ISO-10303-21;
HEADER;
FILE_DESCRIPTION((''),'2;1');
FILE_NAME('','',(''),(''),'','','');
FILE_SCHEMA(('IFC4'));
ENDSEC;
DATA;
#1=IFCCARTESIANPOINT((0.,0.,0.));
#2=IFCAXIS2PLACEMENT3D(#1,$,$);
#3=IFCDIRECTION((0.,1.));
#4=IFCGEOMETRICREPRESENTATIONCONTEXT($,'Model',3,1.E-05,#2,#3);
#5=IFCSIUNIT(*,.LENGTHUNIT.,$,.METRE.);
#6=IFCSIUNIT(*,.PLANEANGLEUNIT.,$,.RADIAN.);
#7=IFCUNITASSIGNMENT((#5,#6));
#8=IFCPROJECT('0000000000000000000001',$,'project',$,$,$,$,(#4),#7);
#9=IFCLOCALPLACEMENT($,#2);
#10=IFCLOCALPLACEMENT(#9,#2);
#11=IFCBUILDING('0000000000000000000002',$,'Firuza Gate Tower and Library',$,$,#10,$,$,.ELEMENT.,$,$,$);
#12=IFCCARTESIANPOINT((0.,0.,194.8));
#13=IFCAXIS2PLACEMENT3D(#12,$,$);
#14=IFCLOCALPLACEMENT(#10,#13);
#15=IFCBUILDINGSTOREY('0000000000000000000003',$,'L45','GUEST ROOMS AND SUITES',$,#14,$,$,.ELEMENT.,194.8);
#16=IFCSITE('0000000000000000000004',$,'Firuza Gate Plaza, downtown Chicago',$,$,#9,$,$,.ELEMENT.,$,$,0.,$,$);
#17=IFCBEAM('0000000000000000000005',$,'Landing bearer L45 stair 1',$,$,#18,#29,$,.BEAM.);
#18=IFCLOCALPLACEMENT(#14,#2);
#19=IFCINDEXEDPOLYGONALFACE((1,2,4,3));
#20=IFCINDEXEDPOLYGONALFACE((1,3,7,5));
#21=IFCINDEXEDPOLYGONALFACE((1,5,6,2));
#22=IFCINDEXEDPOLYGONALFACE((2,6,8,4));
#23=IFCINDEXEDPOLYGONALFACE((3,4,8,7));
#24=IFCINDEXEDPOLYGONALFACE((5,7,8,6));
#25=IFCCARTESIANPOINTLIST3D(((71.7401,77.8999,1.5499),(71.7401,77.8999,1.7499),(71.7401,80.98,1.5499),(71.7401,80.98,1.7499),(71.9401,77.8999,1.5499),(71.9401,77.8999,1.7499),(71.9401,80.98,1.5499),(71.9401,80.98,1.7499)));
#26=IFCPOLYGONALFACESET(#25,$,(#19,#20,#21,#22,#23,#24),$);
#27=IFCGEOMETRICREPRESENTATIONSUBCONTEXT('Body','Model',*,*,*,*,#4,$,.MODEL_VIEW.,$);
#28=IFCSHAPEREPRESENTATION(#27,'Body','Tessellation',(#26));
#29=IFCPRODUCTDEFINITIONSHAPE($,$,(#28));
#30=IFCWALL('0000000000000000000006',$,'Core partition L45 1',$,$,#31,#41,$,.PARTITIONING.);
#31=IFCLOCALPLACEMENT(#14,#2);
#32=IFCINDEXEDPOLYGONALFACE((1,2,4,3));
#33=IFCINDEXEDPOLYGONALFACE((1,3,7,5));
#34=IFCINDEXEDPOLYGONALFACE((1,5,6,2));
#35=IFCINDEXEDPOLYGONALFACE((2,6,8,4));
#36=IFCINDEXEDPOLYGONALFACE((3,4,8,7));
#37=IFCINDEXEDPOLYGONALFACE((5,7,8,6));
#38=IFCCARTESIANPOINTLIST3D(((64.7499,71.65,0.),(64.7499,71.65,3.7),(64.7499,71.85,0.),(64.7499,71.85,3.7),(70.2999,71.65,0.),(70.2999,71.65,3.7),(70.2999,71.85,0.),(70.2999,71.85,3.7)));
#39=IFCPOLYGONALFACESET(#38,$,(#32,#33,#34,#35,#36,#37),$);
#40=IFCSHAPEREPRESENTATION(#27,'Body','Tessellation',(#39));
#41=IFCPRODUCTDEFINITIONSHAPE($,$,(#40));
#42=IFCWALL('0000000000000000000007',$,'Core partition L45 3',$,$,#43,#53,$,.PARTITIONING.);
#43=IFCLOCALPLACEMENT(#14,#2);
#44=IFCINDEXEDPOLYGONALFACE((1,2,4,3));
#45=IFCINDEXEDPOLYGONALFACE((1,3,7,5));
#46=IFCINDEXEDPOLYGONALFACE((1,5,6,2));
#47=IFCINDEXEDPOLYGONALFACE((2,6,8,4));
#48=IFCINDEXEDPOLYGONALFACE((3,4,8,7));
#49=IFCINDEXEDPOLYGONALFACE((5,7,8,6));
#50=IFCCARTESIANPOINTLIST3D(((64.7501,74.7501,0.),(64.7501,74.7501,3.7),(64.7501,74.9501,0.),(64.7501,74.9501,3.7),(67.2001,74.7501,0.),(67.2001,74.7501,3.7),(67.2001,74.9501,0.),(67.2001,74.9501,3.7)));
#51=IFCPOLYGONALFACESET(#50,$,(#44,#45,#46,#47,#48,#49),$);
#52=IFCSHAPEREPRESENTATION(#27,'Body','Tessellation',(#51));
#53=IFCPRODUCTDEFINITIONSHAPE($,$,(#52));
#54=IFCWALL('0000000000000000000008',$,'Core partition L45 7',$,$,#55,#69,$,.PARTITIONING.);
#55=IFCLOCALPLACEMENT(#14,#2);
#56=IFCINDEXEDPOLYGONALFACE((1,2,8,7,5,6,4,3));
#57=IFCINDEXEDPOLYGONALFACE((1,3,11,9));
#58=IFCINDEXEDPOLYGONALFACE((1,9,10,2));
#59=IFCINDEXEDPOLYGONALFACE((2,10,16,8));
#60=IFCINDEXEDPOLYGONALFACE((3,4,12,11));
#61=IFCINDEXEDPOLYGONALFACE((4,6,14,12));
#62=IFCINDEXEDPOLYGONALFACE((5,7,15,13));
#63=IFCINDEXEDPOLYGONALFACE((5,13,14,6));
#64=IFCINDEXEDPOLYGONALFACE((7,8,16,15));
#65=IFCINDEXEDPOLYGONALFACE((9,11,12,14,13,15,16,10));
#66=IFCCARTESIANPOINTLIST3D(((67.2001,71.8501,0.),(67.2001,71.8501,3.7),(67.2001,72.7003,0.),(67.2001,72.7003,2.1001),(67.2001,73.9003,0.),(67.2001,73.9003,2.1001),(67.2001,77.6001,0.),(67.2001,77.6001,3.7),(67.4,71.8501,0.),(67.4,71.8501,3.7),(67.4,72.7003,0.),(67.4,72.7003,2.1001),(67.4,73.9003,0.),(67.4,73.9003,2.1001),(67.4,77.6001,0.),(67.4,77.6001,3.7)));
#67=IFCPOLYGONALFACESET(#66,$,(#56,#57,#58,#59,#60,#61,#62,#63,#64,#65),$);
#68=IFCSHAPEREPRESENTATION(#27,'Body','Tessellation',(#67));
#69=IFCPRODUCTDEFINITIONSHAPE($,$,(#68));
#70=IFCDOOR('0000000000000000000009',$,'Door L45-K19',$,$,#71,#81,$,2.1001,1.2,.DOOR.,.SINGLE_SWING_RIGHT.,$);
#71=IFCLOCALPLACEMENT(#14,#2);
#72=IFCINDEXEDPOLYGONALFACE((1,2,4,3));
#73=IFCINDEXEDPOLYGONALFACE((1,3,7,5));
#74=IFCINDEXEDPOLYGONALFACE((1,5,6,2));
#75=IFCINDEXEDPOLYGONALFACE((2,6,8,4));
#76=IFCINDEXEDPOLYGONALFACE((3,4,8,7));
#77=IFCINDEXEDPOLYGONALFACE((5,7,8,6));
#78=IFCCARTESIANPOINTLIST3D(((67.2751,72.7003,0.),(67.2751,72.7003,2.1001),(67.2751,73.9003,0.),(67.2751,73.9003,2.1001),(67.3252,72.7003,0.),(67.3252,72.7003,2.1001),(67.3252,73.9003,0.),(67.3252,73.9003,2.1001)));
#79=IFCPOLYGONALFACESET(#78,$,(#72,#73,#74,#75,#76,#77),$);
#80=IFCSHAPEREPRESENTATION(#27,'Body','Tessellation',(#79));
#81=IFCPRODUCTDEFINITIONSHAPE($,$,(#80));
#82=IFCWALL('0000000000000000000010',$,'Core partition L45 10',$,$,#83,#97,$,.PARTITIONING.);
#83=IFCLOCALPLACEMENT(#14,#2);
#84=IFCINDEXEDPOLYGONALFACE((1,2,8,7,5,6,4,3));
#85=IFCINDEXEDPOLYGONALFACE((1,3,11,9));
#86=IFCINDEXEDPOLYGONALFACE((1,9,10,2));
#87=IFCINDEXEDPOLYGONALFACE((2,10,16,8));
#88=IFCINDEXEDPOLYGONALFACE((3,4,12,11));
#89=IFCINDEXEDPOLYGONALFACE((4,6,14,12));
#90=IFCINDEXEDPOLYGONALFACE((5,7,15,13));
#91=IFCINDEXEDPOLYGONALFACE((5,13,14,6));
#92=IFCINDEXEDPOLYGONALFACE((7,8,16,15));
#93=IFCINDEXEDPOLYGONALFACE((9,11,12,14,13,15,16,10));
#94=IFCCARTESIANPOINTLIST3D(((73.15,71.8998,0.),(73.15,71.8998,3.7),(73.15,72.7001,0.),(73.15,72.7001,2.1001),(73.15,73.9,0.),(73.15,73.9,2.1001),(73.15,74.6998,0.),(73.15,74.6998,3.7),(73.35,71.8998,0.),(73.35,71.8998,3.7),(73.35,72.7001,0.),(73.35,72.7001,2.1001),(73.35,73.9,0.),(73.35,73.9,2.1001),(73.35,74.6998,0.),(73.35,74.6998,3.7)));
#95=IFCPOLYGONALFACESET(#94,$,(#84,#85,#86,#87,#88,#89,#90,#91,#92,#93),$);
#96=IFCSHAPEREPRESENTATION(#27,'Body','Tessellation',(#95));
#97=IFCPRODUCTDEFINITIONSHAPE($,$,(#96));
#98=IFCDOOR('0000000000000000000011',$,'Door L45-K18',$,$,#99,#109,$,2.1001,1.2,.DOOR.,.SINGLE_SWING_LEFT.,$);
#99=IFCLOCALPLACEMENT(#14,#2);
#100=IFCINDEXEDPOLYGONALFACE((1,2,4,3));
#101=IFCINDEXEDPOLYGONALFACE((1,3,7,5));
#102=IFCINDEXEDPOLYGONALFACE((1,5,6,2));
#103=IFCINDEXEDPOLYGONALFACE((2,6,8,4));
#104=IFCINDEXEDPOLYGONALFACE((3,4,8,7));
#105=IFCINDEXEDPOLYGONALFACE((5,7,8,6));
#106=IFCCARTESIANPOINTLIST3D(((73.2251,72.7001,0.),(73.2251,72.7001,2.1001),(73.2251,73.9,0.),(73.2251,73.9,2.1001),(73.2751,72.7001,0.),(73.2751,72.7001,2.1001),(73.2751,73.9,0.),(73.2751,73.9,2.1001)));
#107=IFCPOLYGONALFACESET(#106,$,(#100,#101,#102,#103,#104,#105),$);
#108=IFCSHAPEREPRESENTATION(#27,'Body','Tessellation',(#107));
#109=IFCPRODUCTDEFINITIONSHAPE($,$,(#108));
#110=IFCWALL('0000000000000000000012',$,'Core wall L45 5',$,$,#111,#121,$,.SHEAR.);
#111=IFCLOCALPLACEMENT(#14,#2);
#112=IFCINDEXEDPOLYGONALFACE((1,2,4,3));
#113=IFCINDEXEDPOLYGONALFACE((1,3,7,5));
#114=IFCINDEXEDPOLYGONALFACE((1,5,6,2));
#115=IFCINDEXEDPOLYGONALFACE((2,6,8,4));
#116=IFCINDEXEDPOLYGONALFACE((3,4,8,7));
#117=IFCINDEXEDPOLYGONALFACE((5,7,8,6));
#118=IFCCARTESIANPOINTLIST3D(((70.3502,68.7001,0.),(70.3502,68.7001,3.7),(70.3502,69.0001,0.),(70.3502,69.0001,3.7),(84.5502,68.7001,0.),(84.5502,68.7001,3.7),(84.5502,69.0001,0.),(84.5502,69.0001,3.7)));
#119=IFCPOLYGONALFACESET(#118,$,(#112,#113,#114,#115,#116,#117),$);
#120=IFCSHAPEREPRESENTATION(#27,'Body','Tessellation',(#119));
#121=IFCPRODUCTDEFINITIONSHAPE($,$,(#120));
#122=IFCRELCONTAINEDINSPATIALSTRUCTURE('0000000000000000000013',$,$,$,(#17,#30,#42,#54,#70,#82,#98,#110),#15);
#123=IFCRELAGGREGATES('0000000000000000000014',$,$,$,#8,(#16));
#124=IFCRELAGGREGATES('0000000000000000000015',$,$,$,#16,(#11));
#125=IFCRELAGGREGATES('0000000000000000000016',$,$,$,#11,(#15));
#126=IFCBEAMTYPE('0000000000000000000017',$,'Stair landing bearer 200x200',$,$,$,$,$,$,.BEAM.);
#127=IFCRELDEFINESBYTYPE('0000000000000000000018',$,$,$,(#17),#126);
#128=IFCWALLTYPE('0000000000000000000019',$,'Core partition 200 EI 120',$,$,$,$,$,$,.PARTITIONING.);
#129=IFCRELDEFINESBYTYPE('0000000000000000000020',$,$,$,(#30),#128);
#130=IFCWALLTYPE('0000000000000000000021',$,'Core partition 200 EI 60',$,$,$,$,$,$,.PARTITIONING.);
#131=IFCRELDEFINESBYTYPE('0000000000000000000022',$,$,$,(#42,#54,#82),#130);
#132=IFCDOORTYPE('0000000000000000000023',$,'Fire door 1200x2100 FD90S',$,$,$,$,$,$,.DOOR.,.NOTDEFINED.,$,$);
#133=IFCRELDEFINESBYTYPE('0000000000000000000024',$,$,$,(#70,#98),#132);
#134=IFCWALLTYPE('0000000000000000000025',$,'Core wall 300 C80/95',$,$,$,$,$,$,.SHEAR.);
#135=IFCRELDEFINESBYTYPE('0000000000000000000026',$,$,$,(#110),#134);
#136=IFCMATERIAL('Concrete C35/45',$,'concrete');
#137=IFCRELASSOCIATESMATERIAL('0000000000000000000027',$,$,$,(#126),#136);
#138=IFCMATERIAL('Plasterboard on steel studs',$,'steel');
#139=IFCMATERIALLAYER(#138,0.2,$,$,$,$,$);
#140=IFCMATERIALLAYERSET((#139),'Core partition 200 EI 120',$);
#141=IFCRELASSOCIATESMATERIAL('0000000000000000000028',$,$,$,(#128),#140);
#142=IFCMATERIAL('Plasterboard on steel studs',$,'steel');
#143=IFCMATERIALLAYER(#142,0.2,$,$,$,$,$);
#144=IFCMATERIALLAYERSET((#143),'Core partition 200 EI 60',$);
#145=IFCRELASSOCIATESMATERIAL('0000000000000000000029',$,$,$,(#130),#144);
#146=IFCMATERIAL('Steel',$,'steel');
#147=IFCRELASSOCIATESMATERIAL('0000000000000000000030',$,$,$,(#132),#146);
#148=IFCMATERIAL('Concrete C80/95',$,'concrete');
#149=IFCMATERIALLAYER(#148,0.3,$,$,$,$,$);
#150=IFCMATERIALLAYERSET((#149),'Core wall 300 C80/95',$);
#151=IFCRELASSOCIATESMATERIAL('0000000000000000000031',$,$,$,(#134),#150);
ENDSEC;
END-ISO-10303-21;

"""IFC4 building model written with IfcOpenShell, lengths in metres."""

from ifc_helpers import new_model, si_unit, direction, frame, frame_2d, origin, origin_2d, place, context, subcontext, project, spatial, rectangle, extrude, material, layer, layer_set, material_profile, profile_set, type_object, element, fill, save


model = new_model("IFC4")

# Units and contexts
model_context = context("Model", 3, precision=1e-05, world=origin(), true_north=direction((0.0, 1.0)))
body_context = subcontext(model_context, "Body", "Model", "MODEL_VIEW")
ifc_project = project(units=[si_unit("LENGTHUNIT", "METRE"), si_unit("PLANEANGLEUNIT", "RADIAN")], contexts=[model_context])

# Site, building, storey
site_placement = place(None, origin())
site = spatial("IfcSite", under=ifc_project, at=site_placement, Name="Firuza Gate Plaza, downtown Chicago", CompositionType="ELEMENT", RefElevation=0.0)
building_placement = place(site_placement, origin())
building = spatial("IfcBuilding", under=site, at=building_placement, Name="Firuza Gate Tower and Library", CompositionType="ELEMENT")
storey_placement = place(building_placement, frame((0.0, 0.0, 194.8)))
storey = spatial("IfcBuildingStorey", under=building, at=storey_placement, Name="L45", Description="GUEST ROOMS AND SUITES", CompositionType="ELEMENT", Elevation=194.8)

# Beam
ifc_material_1 = material(Name="Concrete C35/45", Category="concrete")
ifc_material_profile = material_profile(ifc_material_1, rectangle(XDim=0.2, YDim=0.2, at=origin_2d()))
ifc_profile_set = profile_set([ifc_material_profile], Name="Concrete C35/45")
beam_type = type_object("IfcBeamType", Name="Stair landing bearer 200x200", PredefinedType="BEAM", material=ifc_profile_set)
beam_placement = place(storey_placement, frame((71.8401, 77.8999, 1.6499), z_axis=(0.0, 1.0, 0.0), x_axis=(-1.0, 0.0, 0.0)))
element("IfcBeam", 1, at=beam_placement, inside=storey, type_object=beam_type, Name="Landing bearer L45 stair 1", PredefinedType="BEAM", context=body_context, shape_type="SweptSolid", body=[
    extrude(rectangle(XDim=0.2, YDim=0.2, at=origin_2d()), origin(), (0.0, 0.0, 1.0), 3.0801),
])

# Walls
ifc_material_2 = material(Name="Plasterboard on steel studs", Category="steel")
ifc_layer_1 = layer(ifc_material_2, 0.2)
ifc_layer_set_1 = layer_set([ifc_layer_1], Name="Core partition 200 EI 120")
wall_type_1 = type_object("IfcWallType", Name="Core partition 200 EI 120", PredefinedType="PARTITIONING", material=ifc_layer_set_1)
wall_1_placement = place(storey_placement, frame((64.75, 71.75, 0.0), z_axis=(0.0, 0.0, 1.0), x_axis=(1.0, 0.0, 0.0)))
element("IfcWall", 2, at=wall_1_placement, inside=storey, type_object=wall_type_1, Name="Core partition L45 1", PredefinedType="PARTITIONING", context=body_context, shape_type="SweptSolid", body=[
    extrude(rectangle(XDim=5.55, YDim=0.2, at=frame_2d((2.7749, 0.0))), origin(), (0.0, 0.0, 1.0), 3.7),
])
ifc_material_3 = material(Name="Plasterboard on steel studs", Category="steel")
ifc_layer_2 = layer(ifc_material_3, 0.2)
ifc_layer_set_2 = layer_set([ifc_layer_2], Name="Core partition 200 EI 60")
wall_type_2 = type_object("IfcWallType", Name="Core partition 200 EI 60", PredefinedType="PARTITIONING", material=ifc_layer_set_2)
wall_2_placement = place(storey_placement, frame((64.75, 74.8501, 0.0), z_axis=(0.0, 0.0, 1.0), x_axis=(1.0, 0.0, 0.0)))
element("IfcWall", 3, at=wall_2_placement, inside=storey, type_object=wall_type_2, Name="Core partition L45 3", PredefinedType="PARTITIONING", context=body_context, shape_type="SweptSolid", body=[
    extrude(rectangle(XDim=2.45, YDim=0.2, at=frame_2d((1.2251, 0.0))), origin(), (0.0, 0.0, 1.0), 3.7),
])

# Walls, openings, doors
wall_3_placement = place(storey_placement, frame((67.3, 71.8501, 0.0), z_axis=(0.0, 0.0, 1.0), x_axis=(0.0, 1.0, 0.0)))
wall_3 = element("IfcWall", 4, at=wall_3_placement, inside=storey, type_object=wall_type_2, Name="Core partition L45 7", PredefinedType="PARTITIONING", context=body_context, shape_type="SweptSolid", body=[
    extrude(rectangle(XDim=5.75, YDim=0.2, at=frame_2d((2.875, 0.0))), origin(), (0.0, 0.0, 1.0), 3.7),
])
opening_1_placement = place(wall_3_placement, frame((0.8501, 0.0, 0.0)))
opening_1 = element("IfcOpeningElement", 5, at=opening_1_placement, cuts=wall_3, PredefinedType="OPENING", context=body_context, shape_type="SweptSolid", body=[
    extrude(rectangle(XDim=1.2, YDim=2.1001, at=frame_2d((0.6001, 1.05))), frame((0.0, 0.1099, 0.0), z_axis=(0.0, -1.0, 0.0), x_axis=(1.0, 0.0, 0.0)), (0.0, 0.0, 1.0), 0.22),
])
ifc_material_4 = material(Name="Steel", Category="steel")
door_type_1 = type_object("IfcDoorType", Name="Fire door 1200x2100 FD90S", OperationType="NOTDEFINED", PredefinedType="DOOR", material=ifc_material_4)
door_1_placement = place(opening_1_placement, origin())
door_1 = element("IfcDoor", 6, at=door_1_placement, inside=storey, type_object=door_type_1, Name="Door L45-K19", OperationType="SINGLE_SWING_RIGHT", OverallHeight=2.1001, OverallWidth=1.2, PredefinedType="DOOR", context=body_context, shape_type="SweptSolid", body=[
    extrude(rectangle(XDim=1.2, YDim=2.1001, at=frame_2d((0.6001, 1.05))), frame((0.0, 0.0249, 0.0), z_axis=(0.0, -1.0, 0.0), x_axis=(1.0, 0.0, 0.0)), (0.0, 0.0, 1.0), 0.05),
])
fill(opening_1, door_1)
wall_4_placement = place(storey_placement, frame((73.25, 71.8999, 0.0), z_axis=(0.0, 0.0, 1.0), x_axis=(0.0, 1.0, 0.0)))
wall_4 = element("IfcWall", 7, at=wall_4_placement, inside=storey, type_object=wall_type_2, Name="Core partition L45 10", PredefinedType="PARTITIONING", context=body_context, shape_type="SweptSolid", body=[
    extrude(rectangle(XDim=2.8, YDim=0.2, at=frame_2d((1.3999, 0.0))), origin(), (0.0, 0.0, 1.0), 3.7),
])
opening_2_placement = place(wall_4_placement, frame((0.8, 0.0, 0.0)))
opening_2 = element("IfcOpeningElement", 8, at=opening_2_placement, cuts=wall_4, PredefinedType="OPENING", context=body_context, shape_type="SweptSolid", body=[
    extrude(rectangle(XDim=1.2, YDim=2.1001, at=frame_2d((0.6001, 1.05))), frame((0.0, 0.1099, 0.0), z_axis=(0.0, -1.0, 0.0), x_axis=(1.0, 0.0, 0.0)), (0.0, 0.0, 1.0), 0.22),
])
door_2_placement = place(opening_2_placement, origin())
door_2 = element("IfcDoor", 9, at=door_2_placement, inside=storey, type_object=door_type_1, Name="Door L45-K18", OperationType="SINGLE_SWING_LEFT", OverallHeight=2.1001, OverallWidth=1.2, PredefinedType="DOOR", context=body_context, shape_type="SweptSolid", body=[
    extrude(rectangle(XDim=1.2, YDim=2.1001, at=frame_2d((0.6001, 1.05))), frame((0.0, 0.0249, 0.0), z_axis=(0.0, -1.0, 0.0), x_axis=(1.0, 0.0, 0.0)), (0.0, 0.0, 1.0), 0.05),
])
fill(opening_2, door_2)

# Wall
ifc_material_5 = material(Name="Concrete C80/95", Category="concrete")
ifc_layer_3 = layer(ifc_material_5, 0.3)
ifc_layer_set_3 = layer_set([ifc_layer_3], Name="Core wall 300 C80/95")
wall_type_3 = type_object("IfcWallType", Name="Core wall 300 C80/95", PredefinedType="SHEAR", material=ifc_layer_set_3)
wall_5_placement = place(storey_placement, frame((70.3501, 68.8501, 0.0), z_axis=(0.0, 0.0, 1.0), x_axis=(1.0, 0.0, 0.0)))
element("IfcWall", 10, at=wall_5_placement, inside=storey, type_object=wall_type_3, Name="Core wall L45 5", PredefinedType="SHEAR", context=body_context, shape_type="SweptSolid", body=[
    extrude(rectangle(XDim=14.2, YDim=0.3, at=frame_2d((7.1001, 0.0))), origin(), (0.0, 0.0, 1.0), 3.7),
])

save(model, "model.ifc")
